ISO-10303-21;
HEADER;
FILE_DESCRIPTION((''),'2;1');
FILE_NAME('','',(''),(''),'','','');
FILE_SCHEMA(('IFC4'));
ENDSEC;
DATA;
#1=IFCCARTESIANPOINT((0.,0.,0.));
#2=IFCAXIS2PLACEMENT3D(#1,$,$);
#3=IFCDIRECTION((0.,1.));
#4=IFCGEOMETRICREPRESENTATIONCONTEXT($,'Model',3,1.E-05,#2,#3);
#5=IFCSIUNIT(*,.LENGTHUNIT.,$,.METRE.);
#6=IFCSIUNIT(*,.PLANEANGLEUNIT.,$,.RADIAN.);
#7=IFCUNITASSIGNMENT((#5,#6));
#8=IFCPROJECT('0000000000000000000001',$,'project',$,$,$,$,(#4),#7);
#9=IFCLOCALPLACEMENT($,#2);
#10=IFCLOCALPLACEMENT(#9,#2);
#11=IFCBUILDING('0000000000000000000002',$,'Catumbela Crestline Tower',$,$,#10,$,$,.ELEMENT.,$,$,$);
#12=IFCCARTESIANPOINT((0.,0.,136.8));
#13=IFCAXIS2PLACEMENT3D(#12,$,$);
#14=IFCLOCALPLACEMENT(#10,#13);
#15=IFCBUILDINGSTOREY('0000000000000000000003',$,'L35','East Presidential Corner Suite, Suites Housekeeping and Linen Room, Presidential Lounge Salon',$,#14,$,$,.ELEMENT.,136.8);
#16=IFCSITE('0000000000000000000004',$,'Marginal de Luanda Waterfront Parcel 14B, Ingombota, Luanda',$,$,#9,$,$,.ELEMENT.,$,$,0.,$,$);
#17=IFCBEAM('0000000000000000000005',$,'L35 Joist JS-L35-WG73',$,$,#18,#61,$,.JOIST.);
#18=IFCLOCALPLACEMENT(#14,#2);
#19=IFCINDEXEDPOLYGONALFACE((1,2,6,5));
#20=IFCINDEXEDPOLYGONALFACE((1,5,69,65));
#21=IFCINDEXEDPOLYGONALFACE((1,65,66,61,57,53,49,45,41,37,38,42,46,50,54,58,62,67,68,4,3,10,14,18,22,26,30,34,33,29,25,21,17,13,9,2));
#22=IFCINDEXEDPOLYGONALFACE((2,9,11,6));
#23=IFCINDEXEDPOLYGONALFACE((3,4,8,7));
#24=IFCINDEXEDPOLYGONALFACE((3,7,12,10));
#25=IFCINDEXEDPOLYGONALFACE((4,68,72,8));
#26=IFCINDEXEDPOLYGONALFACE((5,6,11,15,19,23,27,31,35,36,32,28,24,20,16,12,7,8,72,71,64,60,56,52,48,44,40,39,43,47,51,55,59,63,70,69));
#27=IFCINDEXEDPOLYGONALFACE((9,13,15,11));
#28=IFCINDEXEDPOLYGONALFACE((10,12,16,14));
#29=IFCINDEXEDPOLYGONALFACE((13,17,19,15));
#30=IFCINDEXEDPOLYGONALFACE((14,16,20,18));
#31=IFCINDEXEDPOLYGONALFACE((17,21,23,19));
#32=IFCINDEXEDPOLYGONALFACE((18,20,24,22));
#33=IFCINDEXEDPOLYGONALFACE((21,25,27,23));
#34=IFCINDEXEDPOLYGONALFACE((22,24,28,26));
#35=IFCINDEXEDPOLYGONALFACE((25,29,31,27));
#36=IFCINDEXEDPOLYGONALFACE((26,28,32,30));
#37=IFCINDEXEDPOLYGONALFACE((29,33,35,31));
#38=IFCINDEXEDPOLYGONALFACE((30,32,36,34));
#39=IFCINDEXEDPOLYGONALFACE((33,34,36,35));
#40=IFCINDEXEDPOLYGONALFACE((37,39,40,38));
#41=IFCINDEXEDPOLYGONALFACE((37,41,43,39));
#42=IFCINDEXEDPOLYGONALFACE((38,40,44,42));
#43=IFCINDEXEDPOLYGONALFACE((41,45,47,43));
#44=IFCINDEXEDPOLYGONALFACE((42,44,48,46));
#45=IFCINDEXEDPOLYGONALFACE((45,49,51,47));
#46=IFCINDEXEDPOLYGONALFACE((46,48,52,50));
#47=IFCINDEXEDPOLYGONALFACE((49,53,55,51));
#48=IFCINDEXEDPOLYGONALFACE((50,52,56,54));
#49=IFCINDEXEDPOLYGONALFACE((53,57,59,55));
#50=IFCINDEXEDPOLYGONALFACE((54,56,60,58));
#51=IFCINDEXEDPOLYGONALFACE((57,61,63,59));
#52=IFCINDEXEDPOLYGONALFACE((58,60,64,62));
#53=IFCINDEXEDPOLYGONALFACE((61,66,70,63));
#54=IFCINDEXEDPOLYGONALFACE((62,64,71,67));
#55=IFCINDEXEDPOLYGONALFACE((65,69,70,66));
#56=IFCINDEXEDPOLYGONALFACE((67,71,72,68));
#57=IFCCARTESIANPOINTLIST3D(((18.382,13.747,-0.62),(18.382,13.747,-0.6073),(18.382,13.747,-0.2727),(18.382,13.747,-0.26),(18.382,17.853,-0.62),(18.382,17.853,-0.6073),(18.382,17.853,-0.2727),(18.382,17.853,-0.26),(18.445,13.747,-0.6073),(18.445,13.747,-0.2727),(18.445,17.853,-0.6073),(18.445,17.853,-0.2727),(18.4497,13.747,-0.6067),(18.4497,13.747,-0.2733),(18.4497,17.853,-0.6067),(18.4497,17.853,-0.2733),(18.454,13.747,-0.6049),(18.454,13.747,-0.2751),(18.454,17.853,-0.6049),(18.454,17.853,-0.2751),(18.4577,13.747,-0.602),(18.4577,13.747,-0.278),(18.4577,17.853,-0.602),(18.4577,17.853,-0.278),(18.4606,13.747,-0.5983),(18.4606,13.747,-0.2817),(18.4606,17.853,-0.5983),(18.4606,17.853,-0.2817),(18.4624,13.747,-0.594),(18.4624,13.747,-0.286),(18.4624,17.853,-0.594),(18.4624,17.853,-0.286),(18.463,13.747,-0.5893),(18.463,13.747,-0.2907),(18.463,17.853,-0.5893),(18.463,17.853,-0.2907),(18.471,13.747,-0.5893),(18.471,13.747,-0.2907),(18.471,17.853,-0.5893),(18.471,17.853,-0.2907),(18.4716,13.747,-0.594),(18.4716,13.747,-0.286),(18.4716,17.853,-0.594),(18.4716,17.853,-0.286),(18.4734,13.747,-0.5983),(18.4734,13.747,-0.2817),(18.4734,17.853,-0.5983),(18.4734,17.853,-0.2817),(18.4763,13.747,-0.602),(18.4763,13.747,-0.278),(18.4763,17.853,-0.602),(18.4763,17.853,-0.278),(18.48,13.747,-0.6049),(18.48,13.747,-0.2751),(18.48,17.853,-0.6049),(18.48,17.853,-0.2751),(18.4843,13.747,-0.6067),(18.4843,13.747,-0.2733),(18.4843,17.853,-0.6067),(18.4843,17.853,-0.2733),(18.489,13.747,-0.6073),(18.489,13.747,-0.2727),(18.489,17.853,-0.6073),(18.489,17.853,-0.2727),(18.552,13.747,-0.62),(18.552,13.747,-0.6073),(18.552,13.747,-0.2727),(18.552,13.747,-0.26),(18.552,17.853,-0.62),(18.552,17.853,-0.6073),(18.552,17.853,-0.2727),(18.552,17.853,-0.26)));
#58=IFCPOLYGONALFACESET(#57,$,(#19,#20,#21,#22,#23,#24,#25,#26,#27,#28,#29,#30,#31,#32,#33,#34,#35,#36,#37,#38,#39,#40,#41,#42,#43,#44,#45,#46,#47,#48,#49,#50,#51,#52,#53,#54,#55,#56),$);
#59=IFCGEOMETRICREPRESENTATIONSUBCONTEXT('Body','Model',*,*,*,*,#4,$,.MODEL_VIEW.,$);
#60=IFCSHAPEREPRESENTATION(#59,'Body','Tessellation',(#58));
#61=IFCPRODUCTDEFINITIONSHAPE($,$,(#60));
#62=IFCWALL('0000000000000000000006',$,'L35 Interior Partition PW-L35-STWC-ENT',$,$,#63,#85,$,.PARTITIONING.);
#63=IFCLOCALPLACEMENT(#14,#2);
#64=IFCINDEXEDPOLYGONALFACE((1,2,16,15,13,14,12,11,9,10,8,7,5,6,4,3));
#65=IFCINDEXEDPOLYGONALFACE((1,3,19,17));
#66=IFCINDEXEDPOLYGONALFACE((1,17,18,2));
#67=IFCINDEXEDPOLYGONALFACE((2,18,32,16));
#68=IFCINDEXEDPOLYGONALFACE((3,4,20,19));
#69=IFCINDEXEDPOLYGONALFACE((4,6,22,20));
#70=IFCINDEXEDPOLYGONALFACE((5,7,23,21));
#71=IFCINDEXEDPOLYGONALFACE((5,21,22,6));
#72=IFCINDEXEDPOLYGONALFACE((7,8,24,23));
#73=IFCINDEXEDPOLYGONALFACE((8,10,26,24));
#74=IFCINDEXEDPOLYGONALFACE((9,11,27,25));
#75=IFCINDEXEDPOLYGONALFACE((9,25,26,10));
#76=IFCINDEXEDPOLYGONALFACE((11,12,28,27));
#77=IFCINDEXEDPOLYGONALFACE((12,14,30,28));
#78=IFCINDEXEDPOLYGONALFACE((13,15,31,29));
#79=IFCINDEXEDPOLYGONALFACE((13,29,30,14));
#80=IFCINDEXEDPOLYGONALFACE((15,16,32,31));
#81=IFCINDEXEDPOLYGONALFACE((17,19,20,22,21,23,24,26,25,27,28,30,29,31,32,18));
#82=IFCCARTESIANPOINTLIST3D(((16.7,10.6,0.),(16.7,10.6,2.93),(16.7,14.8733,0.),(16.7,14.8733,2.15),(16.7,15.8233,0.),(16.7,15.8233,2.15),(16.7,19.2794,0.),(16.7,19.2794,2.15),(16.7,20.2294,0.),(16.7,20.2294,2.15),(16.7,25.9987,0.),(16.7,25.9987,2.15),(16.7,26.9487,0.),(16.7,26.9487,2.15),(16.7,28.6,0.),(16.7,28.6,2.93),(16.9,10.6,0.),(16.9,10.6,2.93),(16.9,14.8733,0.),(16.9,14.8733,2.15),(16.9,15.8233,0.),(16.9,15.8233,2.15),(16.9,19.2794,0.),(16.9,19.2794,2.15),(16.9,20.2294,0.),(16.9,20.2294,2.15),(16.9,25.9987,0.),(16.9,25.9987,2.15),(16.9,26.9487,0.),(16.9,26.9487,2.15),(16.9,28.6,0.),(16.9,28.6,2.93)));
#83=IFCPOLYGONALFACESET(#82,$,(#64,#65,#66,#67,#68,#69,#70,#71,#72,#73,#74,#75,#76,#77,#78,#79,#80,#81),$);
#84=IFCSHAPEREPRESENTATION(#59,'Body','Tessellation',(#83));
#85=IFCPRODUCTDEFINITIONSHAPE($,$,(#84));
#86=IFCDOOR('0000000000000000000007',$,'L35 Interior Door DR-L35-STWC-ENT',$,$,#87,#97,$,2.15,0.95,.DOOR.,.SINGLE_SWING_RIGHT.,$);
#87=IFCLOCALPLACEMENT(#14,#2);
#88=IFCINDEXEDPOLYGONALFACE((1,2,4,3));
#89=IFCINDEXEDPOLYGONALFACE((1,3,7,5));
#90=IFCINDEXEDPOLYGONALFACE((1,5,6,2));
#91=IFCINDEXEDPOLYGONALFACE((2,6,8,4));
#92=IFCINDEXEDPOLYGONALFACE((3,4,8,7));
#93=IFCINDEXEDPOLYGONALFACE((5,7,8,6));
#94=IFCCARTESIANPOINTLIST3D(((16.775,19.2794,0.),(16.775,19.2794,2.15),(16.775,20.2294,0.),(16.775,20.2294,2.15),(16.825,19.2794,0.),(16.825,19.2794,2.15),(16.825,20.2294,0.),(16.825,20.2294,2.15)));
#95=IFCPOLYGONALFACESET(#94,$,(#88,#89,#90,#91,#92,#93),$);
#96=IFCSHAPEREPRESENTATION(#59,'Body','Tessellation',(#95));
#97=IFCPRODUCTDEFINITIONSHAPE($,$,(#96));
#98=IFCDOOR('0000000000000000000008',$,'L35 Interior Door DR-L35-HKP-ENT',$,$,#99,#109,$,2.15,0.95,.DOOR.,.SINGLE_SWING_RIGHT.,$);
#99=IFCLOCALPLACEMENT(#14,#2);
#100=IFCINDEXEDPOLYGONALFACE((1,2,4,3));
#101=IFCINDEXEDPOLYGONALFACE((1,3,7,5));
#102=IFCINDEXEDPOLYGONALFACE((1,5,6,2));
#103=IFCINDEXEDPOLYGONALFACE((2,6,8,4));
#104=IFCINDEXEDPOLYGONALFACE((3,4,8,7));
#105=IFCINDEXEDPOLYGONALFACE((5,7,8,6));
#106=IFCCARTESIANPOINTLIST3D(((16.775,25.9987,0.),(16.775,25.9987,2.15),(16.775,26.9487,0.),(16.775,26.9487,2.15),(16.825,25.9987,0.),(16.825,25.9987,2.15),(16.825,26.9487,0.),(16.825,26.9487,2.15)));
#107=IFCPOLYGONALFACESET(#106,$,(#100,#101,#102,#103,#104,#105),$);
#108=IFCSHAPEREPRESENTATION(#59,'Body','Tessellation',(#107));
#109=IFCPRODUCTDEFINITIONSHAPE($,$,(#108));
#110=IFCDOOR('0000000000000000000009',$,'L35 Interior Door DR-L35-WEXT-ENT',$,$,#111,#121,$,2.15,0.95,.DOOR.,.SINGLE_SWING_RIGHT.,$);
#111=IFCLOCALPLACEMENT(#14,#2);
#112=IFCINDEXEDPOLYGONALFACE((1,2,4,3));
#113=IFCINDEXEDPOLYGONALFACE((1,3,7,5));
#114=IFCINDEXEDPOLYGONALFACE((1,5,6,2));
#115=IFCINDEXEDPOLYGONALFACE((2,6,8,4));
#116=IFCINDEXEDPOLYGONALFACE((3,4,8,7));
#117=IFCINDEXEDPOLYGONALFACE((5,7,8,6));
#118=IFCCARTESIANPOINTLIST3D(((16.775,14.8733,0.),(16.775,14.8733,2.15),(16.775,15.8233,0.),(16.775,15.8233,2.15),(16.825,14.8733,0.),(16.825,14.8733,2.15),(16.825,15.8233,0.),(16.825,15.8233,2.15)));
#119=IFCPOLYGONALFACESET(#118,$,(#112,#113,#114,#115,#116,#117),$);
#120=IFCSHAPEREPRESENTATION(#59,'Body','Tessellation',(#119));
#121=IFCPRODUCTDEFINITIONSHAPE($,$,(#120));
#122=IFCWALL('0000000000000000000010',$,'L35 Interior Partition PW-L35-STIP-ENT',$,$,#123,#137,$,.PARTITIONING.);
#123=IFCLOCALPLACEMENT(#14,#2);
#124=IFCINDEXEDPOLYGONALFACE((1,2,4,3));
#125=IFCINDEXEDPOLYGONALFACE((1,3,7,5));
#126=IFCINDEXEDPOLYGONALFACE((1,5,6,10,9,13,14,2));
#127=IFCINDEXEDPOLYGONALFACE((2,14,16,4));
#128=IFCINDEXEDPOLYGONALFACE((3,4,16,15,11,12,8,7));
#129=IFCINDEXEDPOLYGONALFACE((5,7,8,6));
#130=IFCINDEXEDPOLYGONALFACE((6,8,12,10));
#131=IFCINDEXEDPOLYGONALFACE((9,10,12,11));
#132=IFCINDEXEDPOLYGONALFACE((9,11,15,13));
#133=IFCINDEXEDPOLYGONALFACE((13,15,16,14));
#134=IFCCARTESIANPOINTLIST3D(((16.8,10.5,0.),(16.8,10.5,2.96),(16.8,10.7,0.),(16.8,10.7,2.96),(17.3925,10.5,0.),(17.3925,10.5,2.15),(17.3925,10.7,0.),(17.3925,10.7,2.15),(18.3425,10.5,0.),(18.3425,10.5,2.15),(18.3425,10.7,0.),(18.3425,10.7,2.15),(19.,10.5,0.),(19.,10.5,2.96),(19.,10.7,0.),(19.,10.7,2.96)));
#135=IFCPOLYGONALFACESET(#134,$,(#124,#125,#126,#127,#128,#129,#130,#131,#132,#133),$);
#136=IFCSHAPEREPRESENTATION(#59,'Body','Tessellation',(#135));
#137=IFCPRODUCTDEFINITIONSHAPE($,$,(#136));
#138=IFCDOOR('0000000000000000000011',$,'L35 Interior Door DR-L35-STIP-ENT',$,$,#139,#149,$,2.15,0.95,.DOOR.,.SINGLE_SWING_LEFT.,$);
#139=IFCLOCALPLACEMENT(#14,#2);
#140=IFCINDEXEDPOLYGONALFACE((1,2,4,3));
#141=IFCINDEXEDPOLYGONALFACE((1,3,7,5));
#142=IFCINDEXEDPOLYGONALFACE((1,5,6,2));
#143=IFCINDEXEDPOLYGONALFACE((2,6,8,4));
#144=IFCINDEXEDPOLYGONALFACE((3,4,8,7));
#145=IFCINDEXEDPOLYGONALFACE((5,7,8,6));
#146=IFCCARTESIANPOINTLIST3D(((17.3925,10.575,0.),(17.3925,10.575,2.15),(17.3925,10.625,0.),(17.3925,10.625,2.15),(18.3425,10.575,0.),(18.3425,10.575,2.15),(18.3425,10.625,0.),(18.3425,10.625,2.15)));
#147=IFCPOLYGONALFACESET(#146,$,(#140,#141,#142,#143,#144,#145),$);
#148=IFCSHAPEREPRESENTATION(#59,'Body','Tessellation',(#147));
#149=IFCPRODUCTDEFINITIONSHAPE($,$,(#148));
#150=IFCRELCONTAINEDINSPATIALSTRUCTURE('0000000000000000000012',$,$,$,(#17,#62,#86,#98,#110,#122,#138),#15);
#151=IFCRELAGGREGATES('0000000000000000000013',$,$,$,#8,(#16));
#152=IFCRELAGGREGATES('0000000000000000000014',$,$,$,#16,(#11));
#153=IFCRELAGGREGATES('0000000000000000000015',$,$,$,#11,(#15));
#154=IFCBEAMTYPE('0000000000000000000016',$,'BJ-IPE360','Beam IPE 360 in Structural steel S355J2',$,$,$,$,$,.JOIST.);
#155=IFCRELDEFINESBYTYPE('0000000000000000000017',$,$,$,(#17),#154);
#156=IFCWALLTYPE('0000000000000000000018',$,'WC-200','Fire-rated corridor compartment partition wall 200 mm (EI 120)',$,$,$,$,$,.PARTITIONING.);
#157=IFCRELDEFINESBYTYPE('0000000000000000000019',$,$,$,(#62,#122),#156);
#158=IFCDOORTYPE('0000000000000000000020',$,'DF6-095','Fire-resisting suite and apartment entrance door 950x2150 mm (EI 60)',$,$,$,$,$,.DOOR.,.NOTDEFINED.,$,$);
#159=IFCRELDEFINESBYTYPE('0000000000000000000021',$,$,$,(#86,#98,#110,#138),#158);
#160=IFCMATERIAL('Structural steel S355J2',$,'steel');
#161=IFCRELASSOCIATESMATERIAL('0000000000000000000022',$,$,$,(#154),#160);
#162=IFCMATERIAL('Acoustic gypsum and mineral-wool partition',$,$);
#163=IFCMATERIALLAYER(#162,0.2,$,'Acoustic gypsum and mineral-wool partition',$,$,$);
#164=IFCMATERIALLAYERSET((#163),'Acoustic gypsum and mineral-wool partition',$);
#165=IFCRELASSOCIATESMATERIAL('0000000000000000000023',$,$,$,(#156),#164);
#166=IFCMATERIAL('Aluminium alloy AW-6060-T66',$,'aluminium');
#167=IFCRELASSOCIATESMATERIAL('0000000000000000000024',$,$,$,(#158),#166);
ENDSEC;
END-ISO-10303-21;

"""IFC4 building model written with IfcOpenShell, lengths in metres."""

from ifc_helpers import new_model, si_unit, direction, frame, frame_2d, origin, origin_2d, place, context, subcontext, project, spatial, rectangle, i_section, extrude, material, layer, layer_set, material_profile, profile_set, type_object, element, fill, save


model = new_model("IFC4")

# Units and contexts
model_context = context("Model", 3, precision=1e-05, world=origin(), true_north=direction((0.0, 1.0)))
body_context = subcontext(model_context, "Body", "Model", "MODEL_VIEW")
ifc_project = project(units=[si_unit("LENGTHUNIT", "METRE"), si_unit("PLANEANGLEUNIT", "RADIAN")], contexts=[model_context])

# Site, building, storey
site_placement = place(None, origin())
site = spatial("IfcSite", under=ifc_project, at=site_placement, Name="Marginal de Luanda Waterfront Parcel 14B, Ingombota, Luanda", CompositionType="ELEMENT", RefElevation=0.0)
building_placement = place(site_placement, origin())
building = spatial("IfcBuilding", under=site, at=building_placement, Name="Catumbela Crestline Tower", CompositionType="ELEMENT")
storey_placement = place(building_placement, frame((0.0, 0.0, 136.8)))
storey = spatial("IfcBuildingStorey", under=building, at=storey_placement, Name="L35", Description="East Presidential Corner Suite, Suites Housekeeping and Linen Room, Presidential Lounge Salon", CompositionType="ELEMENT", Elevation=136.8)

# Beam
ifc_material_1 = material(Name="Structural steel S355J2", Category="steel")
ifc_material_profile_1 = material_profile(ifc_material_1, i_section(OverallWidth=0.17, OverallDepth=0.36, WebThickness=0.008, FlangeThickness=0.0127, FilletRadius=0.018, at=origin_2d()), Name="IPE 360")
ifc_profile_set_1 = profile_set([ifc_material_profile_1], Name="Structural steel S355J2")
beam_type_1 = type_object("IfcBeamType", Name="BJ-IPE360", Description="Beam IPE 360 in Structural steel S355J2", PredefinedType="JOIST", material=ifc_profile_set_1)
beam_1_placement = place(storey_placement, frame((18.467, 13.747, -0.44), z_axis=(0.0, 1.0, 0.0), x_axis=(-1.0, 0.0, 0.0)))
element("IfcBeam", 1, at=beam_1_placement, inside=storey, type_object=beam_type_1, Name="L35 Joist JS-L35-WG73", PredefinedType="JOIST", context=body_context, shape_type="SweptSolid", body=[
    extrude(i_section(OverallWidth=0.17, OverallDepth=0.36, WebThickness=0.008, FlangeThickness=0.0127, FilletRadius=0.018, at=origin_2d()), origin(), (0.0, 0.0, 1.0), 4.106),
])

# Wall, openings, doors
ifc_material_2 = material(Name="Acoustic gypsum and mineral-wool partition")
ifc_layer_1 = layer(ifc_material_2, 0.2, Name="Acoustic gypsum and mineral-wool partition")
ifc_layer_set_1 = layer_set([ifc_layer_1], Name="Acoustic gypsum and mineral-wool partition")
wall_type_1 = type_object("IfcWallType", Name="WC-200", Description="Fire-rated corridor compartment partition wall 200 mm (EI 120)", PredefinedType="PARTITIONING", material=ifc_layer_set_1)
wall_1_placement = place(storey_placement, frame((16.8, 10.6, 0.0), z_axis=(0.0, 0.0, 1.0), x_axis=(0.0, 1.0, 0.0)))
wall_1 = element("IfcWall", 2, at=wall_1_placement, inside=storey, type_object=wall_type_1, Name="L35 Interior Partition PW-L35-STWC-ENT", PredefinedType="PARTITIONING", context=body_context, shape_type="SweptSolid", body=[
    extrude(rectangle(XDim=18.0, YDim=0.2, at=frame_2d((9.0, 0.0))), origin(), (0.0, 0.0, 1.0), 2.93),
])
opening_1_placement = place(wall_1_placement, frame((8.6794, 0.0, 0.0)))
opening_1 = element("IfcOpeningElement", 3, at=opening_1_placement, cuts=wall_1, PredefinedType="OPENING", context=body_context, shape_type="SweptSolid", body=[
    extrude(rectangle(XDim=0.95, YDim=2.15, at=frame_2d((0.475, 1.075))), frame((0.0, 0.11, 0.0), z_axis=(0.0, -1.0, 0.0), x_axis=(1.0, 0.0, 0.0)), (0.0, 0.0, 1.0), 0.22),
])
opening_2_placement = place(wall_1_placement, frame((15.3987, 0.0, 0.0)))
opening_2 = element("IfcOpeningElement", 4, at=opening_2_placement, cuts=wall_1, PredefinedType="OPENING", context=body_context, shape_type="SweptSolid", body=[
    extrude(rectangle(XDim=0.95, YDim=2.15, at=frame_2d((0.475, 1.075))), frame((0.0, 0.11, 0.0), z_axis=(0.0, -1.0, 0.0), x_axis=(1.0, 0.0, 0.0)), (0.0, 0.0, 1.0), 0.22),
])
opening_3_placement = place(wall_1_placement, frame((4.2733, 0.0, 0.0)))
opening_3 = element("IfcOpeningElement", 5, at=opening_3_placement, cuts=wall_1, PredefinedType="OPENING", context=body_context, shape_type="SweptSolid", body=[
    extrude(rectangle(XDim=0.95, YDim=2.15, at=frame_2d((0.475, 1.075))), frame((0.0, 0.11, 0.0), z_axis=(0.0, -1.0, 0.0), x_axis=(1.0, 0.0, 0.0)), (0.0, 0.0, 1.0), 0.22),
])
ifc_material_3 = material(Name="Aluminium alloy AW-6060-T66", Category="aluminium")
door_type = type_object("IfcDoorType", Name="DF6-095", Description="Fire-resisting suite and apartment entrance door 950x2150 mm (EI 60)", OperationType="NOTDEFINED", PredefinedType="DOOR", material=ifc_material_3)
door_1_placement = place(opening_1_placement, origin())
door_1 = element("IfcDoor", 6, at=door_1_placement, inside=storey, type_object=door_type, Name="L35 Interior Door DR-L35-STWC-ENT", OperationType="SINGLE_SWING_RIGHT", OverallHeight=2.15, OverallWidth=0.95, PredefinedType="DOOR", context=body_context, shape_type="SweptSolid", body=[
    extrude(rectangle(XDim=0.95, YDim=2.15, at=frame_2d((0.475, 1.075))), frame((0.0, 0.025, 0.0), z_axis=(0.0, -1.0, 0.0), x_axis=(1.0, 0.0, 0.0)), (0.0, 0.0, 1.0), 0.05),
])
fill(opening_1, door_1)
door_2_placement = place(opening_2_placement, origin())
door_2 = element("IfcDoor", 7, at=door_2_placement, inside=storey, type_object=door_type, Name="L35 Interior Door DR-L35-HKP-ENT", OperationType="SINGLE_SWING_RIGHT", OverallHeight=2.15, OverallWidth=0.95, PredefinedType="DOOR", context=body_context, shape_type="SweptSolid", body=[
    extrude(rectangle(XDim=0.95, YDim=2.15, at=frame_2d((0.475, 1.075))), frame((0.0, 0.025, 0.0), z_axis=(0.0, -1.0, 0.0), x_axis=(1.0, 0.0, 0.0)), (0.0, 0.0, 1.0), 0.05),
])
fill(opening_2, door_2)
door_3_placement = place(opening_3_placement, origin())
door_3 = element("IfcDoor", 8, at=door_3_placement, inside=storey, type_object=door_type, Name="L35 Interior Door DR-L35-WEXT-ENT", OperationType="SINGLE_SWING_RIGHT", OverallHeight=2.15, OverallWidth=0.95, PredefinedType="DOOR", context=body_context, shape_type="SweptSolid", body=[
    extrude(rectangle(XDim=0.95, YDim=2.15, at=frame_2d((0.475, 1.075))), frame((0.0, 0.025, 0.0), z_axis=(0.0, -1.0, 0.0), x_axis=(1.0, 0.0, 0.0)), (0.0, 0.0, 1.0), 0.05),
])
fill(opening_3, door_3)

# Wall, opening, door
wall_2_placement = place(storey_placement, frame((16.8, 10.6, 0.0), z_axis=(0.0, 0.0, 1.0), x_axis=(1.0, 0.0, 0.0)))
wall_2 = element("IfcWall", 9, at=wall_2_placement, inside=storey, type_object=wall_type_1, Name="L35 Interior Partition PW-L35-STIP-ENT", PredefinedType="PARTITIONING", context=body_context, shape_type="SweptSolid", body=[
    extrude(rectangle(XDim=2.2, YDim=0.2, at=frame_2d((1.1, 0.0))), origin(), (0.0, 0.0, 1.0), 2.96),
])
opening_4_placement = place(wall_2_placement, frame((0.5925, 0.0, 0.0)))
opening_4 = element("IfcOpeningElement", 10, at=opening_4_placement, cuts=wall_2, PredefinedType="OPENING", context=body_context, shape_type="SweptSolid", body=[
    extrude(rectangle(XDim=0.95, YDim=2.15, at=frame_2d((0.475, 1.075))), frame((0.0, 0.11, 0.0), z_axis=(0.0, -1.0, 0.0), x_axis=(1.0, 0.0, 0.0)), (0.0, 0.0, 1.0), 0.22),
])
door_4_placement = place(opening_4_placement, origin())
door_4 = element("IfcDoor", 11, at=door_4_placement, inside=storey, type_object=door_type, Name="L35 Interior Door DR-L35-STIP-ENT", OperationType="SINGLE_SWING_LEFT", OverallHeight=2.15, OverallWidth=0.95, PredefinedType="DOOR", context=body_context, shape_type="SweptSolid", body=[
    extrude(rectangle(XDim=0.95, YDim=2.15, at=frame_2d((0.475, 1.075))), frame((0.0, 0.025, 0.0), z_axis=(0.0, -1.0, 0.0), x_axis=(1.0, 0.0, 0.0)), (0.0, 0.0, 1.0), 0.05),
])
fill(opening_4, door_4)

save(model, "model.ifc")
